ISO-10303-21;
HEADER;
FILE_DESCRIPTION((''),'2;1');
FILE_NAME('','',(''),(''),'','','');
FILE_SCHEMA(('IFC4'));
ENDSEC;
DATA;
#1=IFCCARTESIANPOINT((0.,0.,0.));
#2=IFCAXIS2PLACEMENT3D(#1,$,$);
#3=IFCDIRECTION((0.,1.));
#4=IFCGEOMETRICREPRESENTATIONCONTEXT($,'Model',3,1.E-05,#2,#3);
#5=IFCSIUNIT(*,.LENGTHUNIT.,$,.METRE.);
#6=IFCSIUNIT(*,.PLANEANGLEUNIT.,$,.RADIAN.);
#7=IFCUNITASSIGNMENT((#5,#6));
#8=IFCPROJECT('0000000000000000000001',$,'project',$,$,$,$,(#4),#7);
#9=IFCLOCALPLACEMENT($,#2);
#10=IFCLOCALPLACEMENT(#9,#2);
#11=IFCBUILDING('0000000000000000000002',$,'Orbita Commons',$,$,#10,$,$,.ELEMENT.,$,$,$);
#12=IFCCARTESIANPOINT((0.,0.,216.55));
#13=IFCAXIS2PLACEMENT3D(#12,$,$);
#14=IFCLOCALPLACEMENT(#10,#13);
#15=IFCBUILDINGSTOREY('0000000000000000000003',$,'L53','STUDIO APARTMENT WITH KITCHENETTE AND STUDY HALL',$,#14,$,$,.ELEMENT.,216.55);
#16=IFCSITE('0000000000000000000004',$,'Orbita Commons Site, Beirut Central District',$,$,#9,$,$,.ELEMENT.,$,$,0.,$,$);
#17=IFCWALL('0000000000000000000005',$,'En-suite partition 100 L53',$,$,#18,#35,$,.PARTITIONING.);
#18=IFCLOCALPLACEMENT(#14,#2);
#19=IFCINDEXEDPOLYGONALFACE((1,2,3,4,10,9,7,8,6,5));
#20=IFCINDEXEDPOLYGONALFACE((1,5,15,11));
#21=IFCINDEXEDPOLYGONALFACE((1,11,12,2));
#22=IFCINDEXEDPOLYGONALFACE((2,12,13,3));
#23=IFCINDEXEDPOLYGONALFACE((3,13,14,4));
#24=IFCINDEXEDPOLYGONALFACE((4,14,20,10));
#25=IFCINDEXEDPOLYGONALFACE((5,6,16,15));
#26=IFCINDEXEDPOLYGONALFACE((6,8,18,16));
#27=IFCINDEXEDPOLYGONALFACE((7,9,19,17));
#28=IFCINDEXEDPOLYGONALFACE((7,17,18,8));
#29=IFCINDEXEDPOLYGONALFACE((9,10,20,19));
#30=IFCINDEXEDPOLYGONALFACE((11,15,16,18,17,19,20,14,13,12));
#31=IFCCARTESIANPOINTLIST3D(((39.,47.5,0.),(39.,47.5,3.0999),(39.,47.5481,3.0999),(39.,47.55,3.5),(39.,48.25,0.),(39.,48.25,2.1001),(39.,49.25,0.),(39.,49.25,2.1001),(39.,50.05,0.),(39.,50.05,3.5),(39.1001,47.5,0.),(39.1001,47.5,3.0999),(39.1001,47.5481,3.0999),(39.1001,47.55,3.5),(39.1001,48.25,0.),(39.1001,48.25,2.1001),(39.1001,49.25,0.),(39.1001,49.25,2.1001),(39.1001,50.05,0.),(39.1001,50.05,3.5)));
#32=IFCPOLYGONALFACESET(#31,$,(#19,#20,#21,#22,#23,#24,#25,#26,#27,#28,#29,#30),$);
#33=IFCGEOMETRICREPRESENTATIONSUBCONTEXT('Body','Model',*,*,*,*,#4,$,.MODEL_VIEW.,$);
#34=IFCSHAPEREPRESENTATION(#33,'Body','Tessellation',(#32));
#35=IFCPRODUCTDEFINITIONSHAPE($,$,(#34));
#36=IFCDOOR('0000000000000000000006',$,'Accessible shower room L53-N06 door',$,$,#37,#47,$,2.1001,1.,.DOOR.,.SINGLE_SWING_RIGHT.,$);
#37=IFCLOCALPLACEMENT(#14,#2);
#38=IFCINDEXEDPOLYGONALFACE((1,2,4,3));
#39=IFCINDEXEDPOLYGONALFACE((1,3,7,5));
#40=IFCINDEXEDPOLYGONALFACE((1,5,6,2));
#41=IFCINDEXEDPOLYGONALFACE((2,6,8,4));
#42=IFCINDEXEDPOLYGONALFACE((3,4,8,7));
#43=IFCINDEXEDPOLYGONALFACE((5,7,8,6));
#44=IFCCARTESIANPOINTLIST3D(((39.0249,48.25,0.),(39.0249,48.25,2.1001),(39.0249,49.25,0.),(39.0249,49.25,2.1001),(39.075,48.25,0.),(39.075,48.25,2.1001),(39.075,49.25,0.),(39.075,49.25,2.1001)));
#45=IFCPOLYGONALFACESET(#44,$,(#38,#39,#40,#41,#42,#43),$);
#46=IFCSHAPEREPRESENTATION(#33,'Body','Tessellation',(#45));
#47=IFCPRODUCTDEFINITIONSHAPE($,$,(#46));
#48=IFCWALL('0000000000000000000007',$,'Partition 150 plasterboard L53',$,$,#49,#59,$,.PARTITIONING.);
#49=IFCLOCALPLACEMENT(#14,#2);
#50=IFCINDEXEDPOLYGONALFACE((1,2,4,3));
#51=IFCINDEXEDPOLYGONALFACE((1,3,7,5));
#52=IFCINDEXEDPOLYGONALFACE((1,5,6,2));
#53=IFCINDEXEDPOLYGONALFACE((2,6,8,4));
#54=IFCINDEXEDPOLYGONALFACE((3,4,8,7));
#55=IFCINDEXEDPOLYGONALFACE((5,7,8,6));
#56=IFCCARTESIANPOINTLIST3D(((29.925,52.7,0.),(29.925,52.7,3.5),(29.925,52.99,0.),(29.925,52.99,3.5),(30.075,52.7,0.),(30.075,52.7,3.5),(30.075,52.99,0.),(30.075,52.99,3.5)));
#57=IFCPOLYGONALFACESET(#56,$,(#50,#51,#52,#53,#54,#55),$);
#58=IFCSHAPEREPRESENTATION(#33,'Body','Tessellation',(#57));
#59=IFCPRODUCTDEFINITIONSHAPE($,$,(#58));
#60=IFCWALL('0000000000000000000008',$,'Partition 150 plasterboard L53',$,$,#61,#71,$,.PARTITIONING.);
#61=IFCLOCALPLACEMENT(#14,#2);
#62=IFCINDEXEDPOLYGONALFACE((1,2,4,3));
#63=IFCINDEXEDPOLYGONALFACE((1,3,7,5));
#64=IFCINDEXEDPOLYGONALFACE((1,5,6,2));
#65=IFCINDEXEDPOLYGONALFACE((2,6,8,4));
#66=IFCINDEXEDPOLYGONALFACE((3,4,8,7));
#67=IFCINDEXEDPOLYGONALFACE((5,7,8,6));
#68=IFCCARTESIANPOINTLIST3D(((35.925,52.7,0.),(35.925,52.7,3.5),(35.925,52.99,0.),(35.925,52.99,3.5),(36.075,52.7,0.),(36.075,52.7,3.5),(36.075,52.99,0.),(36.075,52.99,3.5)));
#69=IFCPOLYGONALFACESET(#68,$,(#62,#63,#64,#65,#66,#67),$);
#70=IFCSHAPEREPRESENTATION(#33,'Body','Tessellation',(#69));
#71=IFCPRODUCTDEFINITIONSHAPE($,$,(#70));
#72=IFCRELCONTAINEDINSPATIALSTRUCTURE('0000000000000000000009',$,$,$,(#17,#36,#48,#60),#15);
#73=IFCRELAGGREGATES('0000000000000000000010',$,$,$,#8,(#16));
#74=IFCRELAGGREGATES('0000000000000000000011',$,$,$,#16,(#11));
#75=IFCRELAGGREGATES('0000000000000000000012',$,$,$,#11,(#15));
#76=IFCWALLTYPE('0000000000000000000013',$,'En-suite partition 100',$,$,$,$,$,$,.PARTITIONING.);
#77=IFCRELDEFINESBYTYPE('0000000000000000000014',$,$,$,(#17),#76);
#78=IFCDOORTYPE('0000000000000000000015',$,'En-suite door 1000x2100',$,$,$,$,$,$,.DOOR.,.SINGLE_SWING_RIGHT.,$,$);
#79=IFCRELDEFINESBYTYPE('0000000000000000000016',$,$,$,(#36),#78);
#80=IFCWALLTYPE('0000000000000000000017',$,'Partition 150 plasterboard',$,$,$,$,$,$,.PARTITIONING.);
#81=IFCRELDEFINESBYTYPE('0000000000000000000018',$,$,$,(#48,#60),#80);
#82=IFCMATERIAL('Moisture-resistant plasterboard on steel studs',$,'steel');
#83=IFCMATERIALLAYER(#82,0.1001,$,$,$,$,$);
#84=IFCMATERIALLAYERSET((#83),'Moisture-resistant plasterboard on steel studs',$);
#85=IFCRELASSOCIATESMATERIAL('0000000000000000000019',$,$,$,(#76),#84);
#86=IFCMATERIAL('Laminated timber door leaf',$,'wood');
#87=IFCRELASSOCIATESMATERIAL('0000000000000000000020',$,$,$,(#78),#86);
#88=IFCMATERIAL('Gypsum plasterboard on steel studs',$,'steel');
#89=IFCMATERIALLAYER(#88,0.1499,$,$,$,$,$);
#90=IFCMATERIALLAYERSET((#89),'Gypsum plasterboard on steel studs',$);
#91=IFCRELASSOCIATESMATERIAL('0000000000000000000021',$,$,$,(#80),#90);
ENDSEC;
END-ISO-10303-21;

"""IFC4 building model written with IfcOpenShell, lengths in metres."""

from ifc_helpers import new_model, si_unit, direction, frame, frame_2d, origin, place, context, subcontext, project, spatial, polyline, rectangle, outline, extrude, material, layer, layer_set, type_object, element, fill, save


model = new_model("IFC4")

# Units and contexts
model_context = context("Model", 3, precision=1e-05, world=origin(), true_north=direction((0.0, 1.0)))
body_context = subcontext(model_context, "Body", "Model", "MODEL_VIEW")
ifc_project = project(units=[si_unit("LENGTHUNIT", "METRE"), si_unit("PLANEANGLEUNIT", "RADIAN")], contexts=[model_context])

# Site, building, storey
site_placement = place(None, origin())
site = spatial("IfcSite", under=ifc_project, at=site_placement, Name="Orbita Commons Site, Beirut Central District", CompositionType="ELEMENT", RefElevation=0.0)
building_placement = place(site_placement, origin())
building = spatial("IfcBuilding", under=site, at=building_placement, Name="Orbita Commons", CompositionType="ELEMENT")
storey_placement = place(building_placement, frame((0.0, 0.0, 216.55)))
storey = spatial("IfcBuildingStorey", under=building, at=storey_placement, Name="L53", Description="STUDIO APARTMENT WITH KITCHENETTE AND STUDY HALL", CompositionType="ELEMENT", Elevation=216.55)

# Shared definitions
ifc_material_1 = material(Name="Moisture-resistant plasterboard on steel studs", Category="steel")
ifc_layer_1 = layer(ifc_material_1, 0.1001)
ifc_layer_set_1 = layer_set([ifc_layer_1], Name="Moisture-resistant plasterboard on steel studs")
wall_type_1 = type_object("IfcWallType", Name="En-suite partition 100", PredefinedType="PARTITIONING", material=ifc_layer_set_1)

# Wall, opening, door
wall_1_placement = place(storey_placement, frame((39.05, 50.05, 0.0), z_axis=(0.0, 0.0, 1.0), x_axis=(0.0, -1.0, 0.0)))
wall_1 = element("IfcWall", 1, at=wall_1_placement, inside=storey, type_object=wall_type_1, Name="En-suite partition 100 L53", PredefinedType="PARTITIONING", context=body_context, shape_type="SweptSolid", body=[
    extrude(outline(polyline([(0.0, 0.0), (2.55, 0.0), (2.55, 3.0999), (2.502, 3.0999), (2.5, 3.5), (0.0, 3.5), (0.0, 0.0)])), frame((0.0, 0.05, 0.0), z_axis=(0.0, -1.0, 0.0), x_axis=(1.0, 0.0, 0.0)), (0.0, 0.0, 1.0), 0.1001),
])
opening_1_placement = place(wall_1_placement, frame((0.8, 0.0, 0.0)))
opening_1 = element("IfcOpeningElement", 2, at=opening_1_placement, cuts=wall_1, PredefinedType="OPENING", context=body_context, shape_type="SweptSolid", body=[
    extrude(rectangle(XDim=1.0, YDim=2.1001, at=frame_2d((0.5, 1.05))), frame((0.0, 0.0601, 0.0), z_axis=(0.0, -1.0, 0.0), x_axis=(1.0, 0.0, 0.0)), (0.0, 0.0, 1.0), 0.1201),
])
ifc_material_2 = material(Name="Laminated timber door leaf", Category="wood")
door_type_1 = type_object("IfcDoorType", Name="En-suite door 1000x2100", OperationType="SINGLE_SWING_RIGHT", PredefinedType="DOOR", material=ifc_material_2)
door_1_placement = place(opening_1_placement, origin())
door_1 = element("IfcDoor", 3, at=door_1_placement, inside=storey, type_object=door_type_1, Name="Accessible shower room L53-N06 door", OperationType="SINGLE_SWING_RIGHT", OverallHeight=2.1001, OverallWidth=1.0, PredefinedType="DOOR", context=body_context, shape_type="SweptSolid", body=[
    extrude(rectangle(XDim=1.0, YDim=2.1001, at=frame_2d((0.5, 1.05))), frame((0.0, 0.0249, 0.0), z_axis=(0.0, -1.0, 0.0), x_axis=(1.0, 0.0, 0.0)), (0.0, 0.0, 1.0), 0.05),
])
fill(opening_1, door_1)

# Walls
ifc_material_3 = material(Name="Gypsum plasterboard on steel studs", Category="steel")
ifc_layer_2 = layer(ifc_material_3, 0.1499)
ifc_layer_set_2 = layer_set([ifc_layer_2], Name="Gypsum plasterboard on steel studs")
wall_type_2 = type_object("IfcWallType", Name="Partition 150 plasterboard", PredefinedType="PARTITIONING", material=ifc_layer_set_2)
for number, where, z_axis, x_axis, name in (
    (4, (30.0, 52.7, 0.0), (0.0, 0.0, 1.0), (0.0, 1.0, 0.0), "Partition 150 plasterboard L53"),
    (5, (36.0, 52.7, 0.0), (0.0, 0.0, 1.0), (0.0, 1.0, 0.0), "Partition 150 plasterboard L53"),
):
    element("IfcWall", number, at=place(storey_placement, frame(where, z_axis=z_axis, x_axis=x_axis)), inside=storey, type_object=wall_type_2, Name=name, PredefinedType="PARTITIONING", context=body_context, shape_type="SweptSolid", body=[
        extrude(rectangle(XDim=0.29, YDim=0.1499, at=frame_2d((0.145, 0.0))), origin(), (0.0, 0.0, 1.0), 3.5),
    ])

save(model, "model.ifc")
